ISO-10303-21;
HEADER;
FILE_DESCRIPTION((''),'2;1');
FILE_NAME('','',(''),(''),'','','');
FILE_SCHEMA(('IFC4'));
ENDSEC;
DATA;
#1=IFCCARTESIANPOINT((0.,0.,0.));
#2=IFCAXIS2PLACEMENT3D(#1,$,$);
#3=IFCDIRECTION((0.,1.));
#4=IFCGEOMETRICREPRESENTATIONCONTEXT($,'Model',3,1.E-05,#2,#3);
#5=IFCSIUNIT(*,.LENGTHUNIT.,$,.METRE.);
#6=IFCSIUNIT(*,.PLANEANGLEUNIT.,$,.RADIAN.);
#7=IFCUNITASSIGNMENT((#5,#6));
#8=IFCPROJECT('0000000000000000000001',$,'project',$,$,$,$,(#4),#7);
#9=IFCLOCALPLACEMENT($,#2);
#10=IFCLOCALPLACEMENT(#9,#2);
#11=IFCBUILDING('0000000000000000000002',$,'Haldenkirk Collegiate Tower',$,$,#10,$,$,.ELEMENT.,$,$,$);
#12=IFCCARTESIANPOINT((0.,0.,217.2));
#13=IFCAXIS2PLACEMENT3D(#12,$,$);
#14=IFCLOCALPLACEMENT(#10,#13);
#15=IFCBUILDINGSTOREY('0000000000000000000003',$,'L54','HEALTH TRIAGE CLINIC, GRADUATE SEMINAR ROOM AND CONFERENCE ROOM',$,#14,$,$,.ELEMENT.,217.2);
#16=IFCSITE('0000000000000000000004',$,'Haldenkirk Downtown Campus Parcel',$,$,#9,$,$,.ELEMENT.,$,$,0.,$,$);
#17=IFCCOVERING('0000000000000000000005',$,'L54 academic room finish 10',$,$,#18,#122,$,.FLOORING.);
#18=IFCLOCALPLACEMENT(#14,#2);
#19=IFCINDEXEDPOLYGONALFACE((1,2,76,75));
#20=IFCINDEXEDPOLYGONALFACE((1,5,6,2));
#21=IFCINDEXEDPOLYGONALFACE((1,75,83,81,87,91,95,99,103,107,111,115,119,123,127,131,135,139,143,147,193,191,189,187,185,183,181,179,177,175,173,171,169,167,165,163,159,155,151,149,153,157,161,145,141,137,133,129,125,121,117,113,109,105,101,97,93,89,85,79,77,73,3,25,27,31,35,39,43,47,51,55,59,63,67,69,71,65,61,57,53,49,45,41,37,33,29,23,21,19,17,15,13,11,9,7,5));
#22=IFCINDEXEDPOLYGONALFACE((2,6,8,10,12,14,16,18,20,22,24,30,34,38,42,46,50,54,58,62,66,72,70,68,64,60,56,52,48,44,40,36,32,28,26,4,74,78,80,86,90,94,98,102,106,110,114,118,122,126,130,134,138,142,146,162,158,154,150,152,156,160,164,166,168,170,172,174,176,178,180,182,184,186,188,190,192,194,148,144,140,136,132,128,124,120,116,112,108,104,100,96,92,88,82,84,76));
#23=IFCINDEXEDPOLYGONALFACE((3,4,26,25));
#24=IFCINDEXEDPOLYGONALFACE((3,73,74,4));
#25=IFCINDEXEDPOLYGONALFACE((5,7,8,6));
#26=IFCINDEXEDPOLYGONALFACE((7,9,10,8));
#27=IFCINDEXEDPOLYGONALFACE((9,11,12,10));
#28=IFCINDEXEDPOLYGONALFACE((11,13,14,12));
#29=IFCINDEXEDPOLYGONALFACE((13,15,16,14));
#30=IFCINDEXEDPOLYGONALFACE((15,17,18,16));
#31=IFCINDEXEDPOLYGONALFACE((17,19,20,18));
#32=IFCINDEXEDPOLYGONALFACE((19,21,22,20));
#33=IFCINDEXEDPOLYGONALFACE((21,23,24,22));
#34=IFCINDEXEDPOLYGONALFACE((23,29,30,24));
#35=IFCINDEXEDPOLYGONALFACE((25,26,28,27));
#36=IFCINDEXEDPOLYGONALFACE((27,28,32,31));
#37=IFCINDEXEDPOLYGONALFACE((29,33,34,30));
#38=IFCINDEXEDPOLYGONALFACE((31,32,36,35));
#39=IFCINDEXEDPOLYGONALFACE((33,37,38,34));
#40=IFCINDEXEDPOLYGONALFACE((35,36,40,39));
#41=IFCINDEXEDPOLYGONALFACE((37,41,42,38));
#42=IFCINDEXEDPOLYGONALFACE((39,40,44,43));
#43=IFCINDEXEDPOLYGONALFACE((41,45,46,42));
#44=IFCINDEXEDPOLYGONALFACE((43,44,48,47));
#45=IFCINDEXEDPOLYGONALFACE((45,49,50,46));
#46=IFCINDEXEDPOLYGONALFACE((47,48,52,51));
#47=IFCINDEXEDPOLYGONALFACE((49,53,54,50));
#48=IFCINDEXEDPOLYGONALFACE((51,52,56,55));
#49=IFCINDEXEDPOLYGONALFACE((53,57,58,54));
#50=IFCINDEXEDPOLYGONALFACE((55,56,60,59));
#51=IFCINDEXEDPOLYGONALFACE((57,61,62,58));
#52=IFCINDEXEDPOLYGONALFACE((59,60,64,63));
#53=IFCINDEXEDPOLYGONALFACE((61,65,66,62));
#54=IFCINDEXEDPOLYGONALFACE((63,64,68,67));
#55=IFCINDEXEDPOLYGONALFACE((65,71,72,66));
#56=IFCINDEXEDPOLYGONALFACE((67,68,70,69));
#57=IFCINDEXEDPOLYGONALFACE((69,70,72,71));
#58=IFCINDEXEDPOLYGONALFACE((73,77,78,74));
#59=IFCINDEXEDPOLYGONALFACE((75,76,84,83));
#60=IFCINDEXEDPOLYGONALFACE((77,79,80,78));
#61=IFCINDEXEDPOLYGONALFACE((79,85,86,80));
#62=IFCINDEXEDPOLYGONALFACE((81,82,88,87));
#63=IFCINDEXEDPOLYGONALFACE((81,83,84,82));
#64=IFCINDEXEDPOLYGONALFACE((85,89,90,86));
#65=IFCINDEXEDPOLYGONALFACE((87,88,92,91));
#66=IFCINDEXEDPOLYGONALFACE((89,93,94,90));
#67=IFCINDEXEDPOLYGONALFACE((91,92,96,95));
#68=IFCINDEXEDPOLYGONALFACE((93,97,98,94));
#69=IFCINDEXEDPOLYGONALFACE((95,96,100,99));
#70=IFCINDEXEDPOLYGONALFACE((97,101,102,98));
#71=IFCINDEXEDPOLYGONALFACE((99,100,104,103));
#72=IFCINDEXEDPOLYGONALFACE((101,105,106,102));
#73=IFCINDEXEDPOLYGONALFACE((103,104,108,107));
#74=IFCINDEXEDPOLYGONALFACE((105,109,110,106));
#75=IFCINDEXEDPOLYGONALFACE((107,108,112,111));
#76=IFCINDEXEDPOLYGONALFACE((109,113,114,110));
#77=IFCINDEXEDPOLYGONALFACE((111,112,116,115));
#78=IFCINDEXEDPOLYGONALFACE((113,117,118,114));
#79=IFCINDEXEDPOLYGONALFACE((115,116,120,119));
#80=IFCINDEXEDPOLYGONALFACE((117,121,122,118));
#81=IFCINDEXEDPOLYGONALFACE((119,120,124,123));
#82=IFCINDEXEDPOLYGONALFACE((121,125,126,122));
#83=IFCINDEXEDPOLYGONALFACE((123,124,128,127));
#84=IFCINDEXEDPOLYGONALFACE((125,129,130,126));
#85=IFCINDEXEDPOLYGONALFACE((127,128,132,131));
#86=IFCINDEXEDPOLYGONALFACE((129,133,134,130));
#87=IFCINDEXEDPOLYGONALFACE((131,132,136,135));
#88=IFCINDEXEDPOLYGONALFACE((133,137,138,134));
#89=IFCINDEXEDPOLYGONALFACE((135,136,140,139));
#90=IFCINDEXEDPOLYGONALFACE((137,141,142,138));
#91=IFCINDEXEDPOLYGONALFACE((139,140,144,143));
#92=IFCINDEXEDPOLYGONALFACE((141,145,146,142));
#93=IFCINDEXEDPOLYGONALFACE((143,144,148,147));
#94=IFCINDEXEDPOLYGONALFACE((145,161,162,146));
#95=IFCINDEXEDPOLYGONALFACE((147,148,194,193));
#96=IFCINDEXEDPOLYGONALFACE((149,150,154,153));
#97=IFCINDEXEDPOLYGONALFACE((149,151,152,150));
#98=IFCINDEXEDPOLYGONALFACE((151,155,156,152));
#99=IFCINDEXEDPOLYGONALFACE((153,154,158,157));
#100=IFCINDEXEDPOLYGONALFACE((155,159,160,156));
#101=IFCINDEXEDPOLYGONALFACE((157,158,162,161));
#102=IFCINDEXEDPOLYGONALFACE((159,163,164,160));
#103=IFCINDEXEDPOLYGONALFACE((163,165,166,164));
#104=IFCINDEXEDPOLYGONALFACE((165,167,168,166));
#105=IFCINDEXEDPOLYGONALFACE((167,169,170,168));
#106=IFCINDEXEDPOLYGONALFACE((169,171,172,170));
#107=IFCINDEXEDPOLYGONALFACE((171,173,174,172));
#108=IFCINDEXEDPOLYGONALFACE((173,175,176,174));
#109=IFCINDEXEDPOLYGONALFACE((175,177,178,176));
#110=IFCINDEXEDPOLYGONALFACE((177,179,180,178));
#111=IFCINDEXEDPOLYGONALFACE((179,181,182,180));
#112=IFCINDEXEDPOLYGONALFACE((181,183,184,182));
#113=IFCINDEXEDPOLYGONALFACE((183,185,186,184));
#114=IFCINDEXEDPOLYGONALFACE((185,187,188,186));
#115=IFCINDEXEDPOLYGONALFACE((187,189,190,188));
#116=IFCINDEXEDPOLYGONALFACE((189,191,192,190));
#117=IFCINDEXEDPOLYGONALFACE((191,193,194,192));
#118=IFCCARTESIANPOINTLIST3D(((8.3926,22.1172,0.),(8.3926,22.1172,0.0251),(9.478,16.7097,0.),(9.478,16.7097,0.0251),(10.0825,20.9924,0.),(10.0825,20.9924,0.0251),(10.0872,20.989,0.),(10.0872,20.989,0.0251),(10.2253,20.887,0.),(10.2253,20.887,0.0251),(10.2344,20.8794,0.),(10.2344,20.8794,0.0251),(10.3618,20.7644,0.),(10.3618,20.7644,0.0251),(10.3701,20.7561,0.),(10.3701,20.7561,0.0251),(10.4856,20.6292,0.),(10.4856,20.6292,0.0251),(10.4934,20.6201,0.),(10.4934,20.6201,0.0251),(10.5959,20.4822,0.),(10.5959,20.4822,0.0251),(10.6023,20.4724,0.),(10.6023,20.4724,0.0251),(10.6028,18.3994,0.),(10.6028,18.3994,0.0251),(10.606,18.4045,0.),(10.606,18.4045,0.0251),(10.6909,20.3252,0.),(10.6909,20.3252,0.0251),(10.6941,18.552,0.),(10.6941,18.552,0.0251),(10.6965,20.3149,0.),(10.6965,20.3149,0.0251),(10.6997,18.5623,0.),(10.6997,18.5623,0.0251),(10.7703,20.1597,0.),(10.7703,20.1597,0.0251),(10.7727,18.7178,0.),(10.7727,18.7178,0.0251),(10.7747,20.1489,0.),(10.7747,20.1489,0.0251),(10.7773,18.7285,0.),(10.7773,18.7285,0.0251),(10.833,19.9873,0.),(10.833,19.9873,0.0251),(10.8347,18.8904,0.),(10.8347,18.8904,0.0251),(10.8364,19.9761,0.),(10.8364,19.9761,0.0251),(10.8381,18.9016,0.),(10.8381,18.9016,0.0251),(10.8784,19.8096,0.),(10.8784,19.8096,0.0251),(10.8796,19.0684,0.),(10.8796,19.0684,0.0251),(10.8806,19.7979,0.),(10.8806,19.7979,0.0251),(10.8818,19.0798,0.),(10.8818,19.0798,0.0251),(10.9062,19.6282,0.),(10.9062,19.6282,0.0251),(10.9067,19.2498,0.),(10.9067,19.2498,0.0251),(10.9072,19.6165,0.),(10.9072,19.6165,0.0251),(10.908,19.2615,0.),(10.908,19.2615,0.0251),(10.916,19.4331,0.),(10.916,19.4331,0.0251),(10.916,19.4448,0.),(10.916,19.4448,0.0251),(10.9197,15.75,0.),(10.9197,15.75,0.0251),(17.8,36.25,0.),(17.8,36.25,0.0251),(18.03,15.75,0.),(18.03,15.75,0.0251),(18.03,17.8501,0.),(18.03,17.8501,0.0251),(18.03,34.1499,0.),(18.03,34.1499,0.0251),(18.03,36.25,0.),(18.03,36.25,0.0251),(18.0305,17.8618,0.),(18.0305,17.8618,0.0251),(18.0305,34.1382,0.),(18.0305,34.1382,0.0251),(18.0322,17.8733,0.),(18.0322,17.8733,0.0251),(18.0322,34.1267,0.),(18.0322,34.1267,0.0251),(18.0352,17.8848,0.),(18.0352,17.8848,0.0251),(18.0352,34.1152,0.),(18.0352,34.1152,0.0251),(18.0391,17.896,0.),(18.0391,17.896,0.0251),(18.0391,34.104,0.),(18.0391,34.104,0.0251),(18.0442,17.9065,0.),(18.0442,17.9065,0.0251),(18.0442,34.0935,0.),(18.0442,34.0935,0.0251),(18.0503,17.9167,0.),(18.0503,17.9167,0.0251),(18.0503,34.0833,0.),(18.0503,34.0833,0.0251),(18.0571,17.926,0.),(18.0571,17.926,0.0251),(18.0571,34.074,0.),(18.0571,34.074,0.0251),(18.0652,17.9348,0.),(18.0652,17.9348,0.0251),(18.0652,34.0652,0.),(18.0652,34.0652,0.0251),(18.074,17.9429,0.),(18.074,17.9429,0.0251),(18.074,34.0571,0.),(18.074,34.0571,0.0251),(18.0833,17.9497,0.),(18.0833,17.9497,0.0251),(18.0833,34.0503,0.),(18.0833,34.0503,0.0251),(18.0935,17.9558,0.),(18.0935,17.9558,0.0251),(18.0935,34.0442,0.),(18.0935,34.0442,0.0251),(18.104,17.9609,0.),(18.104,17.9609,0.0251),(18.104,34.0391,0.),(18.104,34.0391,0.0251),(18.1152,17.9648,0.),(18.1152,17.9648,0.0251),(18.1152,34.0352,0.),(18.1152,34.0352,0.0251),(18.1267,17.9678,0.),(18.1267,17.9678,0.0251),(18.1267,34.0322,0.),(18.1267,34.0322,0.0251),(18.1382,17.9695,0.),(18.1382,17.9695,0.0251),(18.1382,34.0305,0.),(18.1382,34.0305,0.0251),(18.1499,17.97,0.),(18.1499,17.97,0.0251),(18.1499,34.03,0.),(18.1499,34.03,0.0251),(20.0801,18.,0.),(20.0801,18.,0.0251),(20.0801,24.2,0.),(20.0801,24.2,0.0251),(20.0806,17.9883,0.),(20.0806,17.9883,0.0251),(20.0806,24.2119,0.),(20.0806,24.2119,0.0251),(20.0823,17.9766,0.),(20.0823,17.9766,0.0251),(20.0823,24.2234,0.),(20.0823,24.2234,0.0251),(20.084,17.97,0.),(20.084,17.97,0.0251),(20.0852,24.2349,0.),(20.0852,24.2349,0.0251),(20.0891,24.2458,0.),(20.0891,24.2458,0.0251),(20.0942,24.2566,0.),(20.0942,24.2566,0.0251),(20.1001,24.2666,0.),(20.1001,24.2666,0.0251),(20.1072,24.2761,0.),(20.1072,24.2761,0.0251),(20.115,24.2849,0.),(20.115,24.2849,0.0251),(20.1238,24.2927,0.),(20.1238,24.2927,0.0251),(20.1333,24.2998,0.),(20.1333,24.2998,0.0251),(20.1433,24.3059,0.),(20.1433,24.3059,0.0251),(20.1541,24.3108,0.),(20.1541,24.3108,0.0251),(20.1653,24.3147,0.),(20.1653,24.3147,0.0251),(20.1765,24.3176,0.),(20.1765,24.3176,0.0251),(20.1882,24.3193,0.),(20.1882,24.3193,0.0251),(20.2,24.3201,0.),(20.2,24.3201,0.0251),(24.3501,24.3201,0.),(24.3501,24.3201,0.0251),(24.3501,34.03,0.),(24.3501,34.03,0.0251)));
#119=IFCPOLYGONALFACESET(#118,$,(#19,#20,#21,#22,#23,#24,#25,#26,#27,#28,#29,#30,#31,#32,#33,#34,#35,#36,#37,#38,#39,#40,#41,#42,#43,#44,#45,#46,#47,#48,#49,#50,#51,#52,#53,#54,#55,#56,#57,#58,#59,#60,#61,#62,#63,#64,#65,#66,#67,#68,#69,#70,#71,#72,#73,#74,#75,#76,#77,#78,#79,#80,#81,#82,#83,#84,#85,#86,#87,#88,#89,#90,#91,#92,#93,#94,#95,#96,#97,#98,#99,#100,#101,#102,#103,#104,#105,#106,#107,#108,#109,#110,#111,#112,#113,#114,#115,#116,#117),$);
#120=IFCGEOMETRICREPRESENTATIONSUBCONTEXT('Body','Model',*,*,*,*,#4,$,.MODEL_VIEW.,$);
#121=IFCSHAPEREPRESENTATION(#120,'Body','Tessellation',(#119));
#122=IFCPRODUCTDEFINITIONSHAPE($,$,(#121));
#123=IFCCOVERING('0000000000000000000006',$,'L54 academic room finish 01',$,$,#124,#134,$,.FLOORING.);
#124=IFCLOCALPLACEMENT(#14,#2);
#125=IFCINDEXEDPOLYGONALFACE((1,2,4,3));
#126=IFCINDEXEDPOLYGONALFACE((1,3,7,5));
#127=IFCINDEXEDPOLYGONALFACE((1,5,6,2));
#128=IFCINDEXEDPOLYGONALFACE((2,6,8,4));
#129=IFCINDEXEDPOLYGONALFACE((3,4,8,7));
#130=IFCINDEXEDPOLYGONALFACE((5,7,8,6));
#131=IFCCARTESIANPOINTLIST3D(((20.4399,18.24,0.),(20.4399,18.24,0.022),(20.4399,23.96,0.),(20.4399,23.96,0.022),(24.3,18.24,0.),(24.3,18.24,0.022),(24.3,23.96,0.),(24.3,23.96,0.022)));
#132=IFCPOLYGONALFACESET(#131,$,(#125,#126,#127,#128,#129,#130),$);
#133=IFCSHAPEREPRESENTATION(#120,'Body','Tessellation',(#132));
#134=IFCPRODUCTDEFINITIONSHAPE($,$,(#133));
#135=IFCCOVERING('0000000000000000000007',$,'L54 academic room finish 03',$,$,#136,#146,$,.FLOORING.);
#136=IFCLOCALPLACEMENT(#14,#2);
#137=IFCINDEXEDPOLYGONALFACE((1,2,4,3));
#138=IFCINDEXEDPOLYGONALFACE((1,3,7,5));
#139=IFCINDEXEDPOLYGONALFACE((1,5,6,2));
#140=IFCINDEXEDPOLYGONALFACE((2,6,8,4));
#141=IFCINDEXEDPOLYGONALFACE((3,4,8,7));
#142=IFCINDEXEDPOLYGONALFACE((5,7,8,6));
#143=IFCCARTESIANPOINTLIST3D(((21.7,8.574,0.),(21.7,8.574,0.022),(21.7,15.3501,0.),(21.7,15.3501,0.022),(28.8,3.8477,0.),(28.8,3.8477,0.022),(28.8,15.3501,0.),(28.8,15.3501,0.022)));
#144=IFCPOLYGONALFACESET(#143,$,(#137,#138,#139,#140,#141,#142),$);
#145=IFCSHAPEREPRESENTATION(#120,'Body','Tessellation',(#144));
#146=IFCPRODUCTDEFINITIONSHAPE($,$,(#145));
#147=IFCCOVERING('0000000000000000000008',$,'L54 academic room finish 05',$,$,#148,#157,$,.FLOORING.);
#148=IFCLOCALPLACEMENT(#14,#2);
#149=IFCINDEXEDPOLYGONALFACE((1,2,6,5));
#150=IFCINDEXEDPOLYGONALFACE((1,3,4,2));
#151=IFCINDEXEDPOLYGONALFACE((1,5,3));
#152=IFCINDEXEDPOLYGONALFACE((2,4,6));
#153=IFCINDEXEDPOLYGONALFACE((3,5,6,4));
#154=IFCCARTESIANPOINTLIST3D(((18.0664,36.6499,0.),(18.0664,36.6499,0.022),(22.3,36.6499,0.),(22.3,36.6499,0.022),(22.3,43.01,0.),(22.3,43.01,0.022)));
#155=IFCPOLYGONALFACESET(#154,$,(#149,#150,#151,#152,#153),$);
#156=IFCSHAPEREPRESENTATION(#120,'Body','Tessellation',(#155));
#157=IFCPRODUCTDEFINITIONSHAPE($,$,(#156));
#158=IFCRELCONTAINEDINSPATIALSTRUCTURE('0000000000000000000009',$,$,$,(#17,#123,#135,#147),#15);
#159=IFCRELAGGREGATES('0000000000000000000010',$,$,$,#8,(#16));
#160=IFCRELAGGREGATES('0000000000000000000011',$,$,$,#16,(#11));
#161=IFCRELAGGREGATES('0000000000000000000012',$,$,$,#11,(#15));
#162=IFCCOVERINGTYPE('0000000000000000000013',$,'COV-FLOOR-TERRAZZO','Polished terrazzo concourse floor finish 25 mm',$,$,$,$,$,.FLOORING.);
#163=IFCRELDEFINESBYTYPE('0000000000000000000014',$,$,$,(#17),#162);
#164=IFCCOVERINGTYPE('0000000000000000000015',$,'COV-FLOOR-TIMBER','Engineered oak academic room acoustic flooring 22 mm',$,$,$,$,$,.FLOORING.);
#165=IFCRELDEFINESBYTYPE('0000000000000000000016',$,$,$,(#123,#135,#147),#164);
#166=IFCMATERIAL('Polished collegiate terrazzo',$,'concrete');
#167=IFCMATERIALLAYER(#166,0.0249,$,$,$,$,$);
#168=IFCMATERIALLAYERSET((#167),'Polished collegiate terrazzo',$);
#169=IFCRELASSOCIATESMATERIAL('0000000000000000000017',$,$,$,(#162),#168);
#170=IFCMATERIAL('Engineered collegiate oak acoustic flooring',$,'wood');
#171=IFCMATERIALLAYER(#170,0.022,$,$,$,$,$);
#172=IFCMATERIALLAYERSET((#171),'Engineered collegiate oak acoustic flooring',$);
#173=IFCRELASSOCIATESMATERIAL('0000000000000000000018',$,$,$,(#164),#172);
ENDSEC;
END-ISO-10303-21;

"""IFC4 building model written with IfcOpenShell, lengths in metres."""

from ifc_helpers import new_model, si_unit, direction, frame, origin, place, context, subcontext, project, spatial, polyline, outline, extrude, material, layer, layer_set, type_object, element, save


model = new_model("IFC4")

# Units and contexts
model_context = context("Model", 3, precision=1e-05, world=origin(), true_north=direction((0.0, 1.0)))
body_context = subcontext(model_context, "Body", "Model", "MODEL_VIEW")
ifc_project = project(units=[si_unit("LENGTHUNIT", "METRE"), si_unit("PLANEANGLEUNIT", "RADIAN")], contexts=[model_context])

# Site, building, storey
site_placement = place(None, origin())
site = spatial("IfcSite", under=ifc_project, at=site_placement, Name="Haldenkirk Downtown Campus Parcel", CompositionType="ELEMENT", RefElevation=0.0)
building_placement = place(site_placement, origin())
building = spatial("IfcBuilding", under=site, at=building_placement, Name="Haldenkirk Collegiate Tower", CompositionType="ELEMENT")
storey_placement = place(building_placement, frame((0.0, 0.0, 217.2)))
storey = spatial("IfcBuildingStorey", under=building, at=storey_placement, Name="L54", Description="HEALTH TRIAGE CLINIC, GRADUATE SEMINAR ROOM AND CONFERENCE ROOM", CompositionType="ELEMENT", Elevation=217.2)

# Coverings
ifc_material_1 = material(Name="Polished collegiate terrazzo", Category="concrete")
ifc_layer_1 = layer(ifc_material_1, 0.0249)
ifc_layer_set_1 = layer_set([ifc_layer_1], Name="Polished collegiate terrazzo")
covering_type_1 = type_object("IfcCoveringType", Name="COV-FLOOR-TERRAZZO", Description="Polished terrazzo concourse floor finish 25 mm", PredefinedType="FLOORING", material=ifc_layer_set_1)
covering_1_placement = place(storey_placement, origin())
element("IfcCovering", 1, at=covering_1_placement, inside=storey, type_object=covering_type_1, Name="L54 academic room finish 10", PredefinedType="FLOORING", context=body_context, shape_type="SweptSolid", body=[
    extrude(outline(polyline([(10.6028, 18.3994), (10.606, 18.4045), (10.6941, 18.552), (10.6997, 18.5623), (10.7727, 18.7178), (10.7773, 18.7285), (10.8347, 18.8904), (10.8381, 18.9016), (10.8796, 19.0684), (10.8818, 19.0798), (10.9067, 19.2498), (10.908, 19.2615), (10.916, 19.4331), (10.916, 19.4448), (10.9072, 19.6165), (10.9062, 19.6282), (10.8806, 19.7979), (10.8784, 19.8096), (10.8364, 19.9761), (10.833, 19.9873), (10.7747, 20.1489), (10.7703, 20.1597), (10.6965, 20.3149), (10.6909, 20.3252), (10.6023, 20.4724), (10.5959, 20.4822), (10.4934, 20.6201), (10.4856, 20.6292), (10.3701, 20.7561), (10.3618, 20.7644), (10.2344, 20.8794), (10.2253, 20.887), (10.0872, 20.989), (10.0825, 20.9924), (8.3926, 22.1172), (17.8, 36.25), (18.03, 36.25), (18.03, 34.1499), (18.0305, 34.1382), (18.0322, 34.1267), (18.0352, 34.1152), (18.0391, 34.104), (18.0442, 34.0935), (18.0503, 34.0833), (18.0571, 34.074), (18.0652, 34.0652), (18.074, 34.0571), (18.0833, 34.0503), (18.0935, 34.0442), (18.104, 34.0391), (18.1152, 34.0352), (18.1267, 34.0322), (18.1382, 34.0305), (18.1499, 34.03), (24.3501, 34.03), (24.3501, 24.3201), (20.2, 24.3201), (20.1882, 24.3193), (20.1765, 24.3176), (20.1653, 24.3147), (20.1541, 24.3108), (20.1433, 24.3059), (20.1333, 24.2998), (20.1238, 24.2927), (20.115, 24.2849), (20.1072, 24.2761), (20.1001, 24.2666), (20.0942, 24.2566), (20.0891, 24.2458), (20.0852, 24.2349), (20.0823, 24.2234), (20.0806, 24.2119), (20.0801, 24.2), (20.0801, 18.0), (20.0806, 17.9883), (20.0823, 17.9766), (20.084, 17.97), (18.1499, 17.97), (18.1382, 17.9695), (18.1267, 17.9678), (18.1152, 17.9648), (18.104, 17.9609), (18.0935, 17.9558), (18.0833, 17.9497), (18.074, 17.9429), (18.0652, 17.9348), (18.0571, 17.926), (18.0503, 17.9167), (18.0442, 17.9065), (18.0391, 17.896), (18.0352, 17.8848), (18.0322, 17.8733), (18.0305, 17.8618), (18.03, 17.8501), (18.03, 15.75), (10.9197, 15.75), (9.478, 16.7097), (10.6028, 18.3994)])), origin(), (0.0, 0.0, 1.0), 0.0251),
])
ifc_material_2 = material(Name="Engineered collegiate oak acoustic flooring", Category="wood")
ifc_layer_2 = layer(ifc_material_2, 0.022)
ifc_layer_set_2 = layer_set([ifc_layer_2], Name="Engineered collegiate oak acoustic flooring")
covering_type_2 = type_object("IfcCoveringType", Name="COV-FLOOR-TIMBER", Description="Engineered oak academic room acoustic flooring 22 mm", PredefinedType="FLOORING", material=ifc_layer_set_2)
covering_2_placement = place(storey_placement, origin())
element("IfcCovering", 2, at=covering_2_placement, inside=storey, type_object=covering_type_2, Name="L54 academic room finish 01", PredefinedType="FLOORING", context=body_context, shape_type="SweptSolid", body=[
    extrude(outline(polyline([(20.4399, 18.24), (20.4399, 23.96), (24.3, 23.96), (24.3, 18.24), (20.4399, 18.24)])), origin(), (0.0, 0.0, 1.0), 0.022),
])
covering_3_placement = place(storey_placement, origin())
element("IfcCovering", 3, at=covering_3_placement, inside=storey, type_object=covering_type_2, Name="L54 academic room finish 03", PredefinedType="FLOORING", context=body_context, shape_type="SweptSolid", body=[
    extrude(outline(polyline([(21.7, 8.574), (21.7, 15.3501), (28.8, 15.3501), (28.8, 3.8477), (21.7, 8.574)])), origin(), (0.0, 0.0, 1.0), 0.022),
])
covering_4_placement = place(storey_placement, origin())
element("IfcCovering", 4, at=covering_4_placement, inside=storey, type_object=covering_type_2, Name="L54 academic room finish 05", PredefinedType="FLOORING", context=body_context, shape_type="SweptSolid", body=[
    extrude(outline(polyline([(22.3, 43.01), (22.3, 36.6499), (18.0664, 36.6499), (22.3, 43.01)])), origin(), (0.0, 0.0, 1.0), 0.022),
])

save(model, "model.ifc")
